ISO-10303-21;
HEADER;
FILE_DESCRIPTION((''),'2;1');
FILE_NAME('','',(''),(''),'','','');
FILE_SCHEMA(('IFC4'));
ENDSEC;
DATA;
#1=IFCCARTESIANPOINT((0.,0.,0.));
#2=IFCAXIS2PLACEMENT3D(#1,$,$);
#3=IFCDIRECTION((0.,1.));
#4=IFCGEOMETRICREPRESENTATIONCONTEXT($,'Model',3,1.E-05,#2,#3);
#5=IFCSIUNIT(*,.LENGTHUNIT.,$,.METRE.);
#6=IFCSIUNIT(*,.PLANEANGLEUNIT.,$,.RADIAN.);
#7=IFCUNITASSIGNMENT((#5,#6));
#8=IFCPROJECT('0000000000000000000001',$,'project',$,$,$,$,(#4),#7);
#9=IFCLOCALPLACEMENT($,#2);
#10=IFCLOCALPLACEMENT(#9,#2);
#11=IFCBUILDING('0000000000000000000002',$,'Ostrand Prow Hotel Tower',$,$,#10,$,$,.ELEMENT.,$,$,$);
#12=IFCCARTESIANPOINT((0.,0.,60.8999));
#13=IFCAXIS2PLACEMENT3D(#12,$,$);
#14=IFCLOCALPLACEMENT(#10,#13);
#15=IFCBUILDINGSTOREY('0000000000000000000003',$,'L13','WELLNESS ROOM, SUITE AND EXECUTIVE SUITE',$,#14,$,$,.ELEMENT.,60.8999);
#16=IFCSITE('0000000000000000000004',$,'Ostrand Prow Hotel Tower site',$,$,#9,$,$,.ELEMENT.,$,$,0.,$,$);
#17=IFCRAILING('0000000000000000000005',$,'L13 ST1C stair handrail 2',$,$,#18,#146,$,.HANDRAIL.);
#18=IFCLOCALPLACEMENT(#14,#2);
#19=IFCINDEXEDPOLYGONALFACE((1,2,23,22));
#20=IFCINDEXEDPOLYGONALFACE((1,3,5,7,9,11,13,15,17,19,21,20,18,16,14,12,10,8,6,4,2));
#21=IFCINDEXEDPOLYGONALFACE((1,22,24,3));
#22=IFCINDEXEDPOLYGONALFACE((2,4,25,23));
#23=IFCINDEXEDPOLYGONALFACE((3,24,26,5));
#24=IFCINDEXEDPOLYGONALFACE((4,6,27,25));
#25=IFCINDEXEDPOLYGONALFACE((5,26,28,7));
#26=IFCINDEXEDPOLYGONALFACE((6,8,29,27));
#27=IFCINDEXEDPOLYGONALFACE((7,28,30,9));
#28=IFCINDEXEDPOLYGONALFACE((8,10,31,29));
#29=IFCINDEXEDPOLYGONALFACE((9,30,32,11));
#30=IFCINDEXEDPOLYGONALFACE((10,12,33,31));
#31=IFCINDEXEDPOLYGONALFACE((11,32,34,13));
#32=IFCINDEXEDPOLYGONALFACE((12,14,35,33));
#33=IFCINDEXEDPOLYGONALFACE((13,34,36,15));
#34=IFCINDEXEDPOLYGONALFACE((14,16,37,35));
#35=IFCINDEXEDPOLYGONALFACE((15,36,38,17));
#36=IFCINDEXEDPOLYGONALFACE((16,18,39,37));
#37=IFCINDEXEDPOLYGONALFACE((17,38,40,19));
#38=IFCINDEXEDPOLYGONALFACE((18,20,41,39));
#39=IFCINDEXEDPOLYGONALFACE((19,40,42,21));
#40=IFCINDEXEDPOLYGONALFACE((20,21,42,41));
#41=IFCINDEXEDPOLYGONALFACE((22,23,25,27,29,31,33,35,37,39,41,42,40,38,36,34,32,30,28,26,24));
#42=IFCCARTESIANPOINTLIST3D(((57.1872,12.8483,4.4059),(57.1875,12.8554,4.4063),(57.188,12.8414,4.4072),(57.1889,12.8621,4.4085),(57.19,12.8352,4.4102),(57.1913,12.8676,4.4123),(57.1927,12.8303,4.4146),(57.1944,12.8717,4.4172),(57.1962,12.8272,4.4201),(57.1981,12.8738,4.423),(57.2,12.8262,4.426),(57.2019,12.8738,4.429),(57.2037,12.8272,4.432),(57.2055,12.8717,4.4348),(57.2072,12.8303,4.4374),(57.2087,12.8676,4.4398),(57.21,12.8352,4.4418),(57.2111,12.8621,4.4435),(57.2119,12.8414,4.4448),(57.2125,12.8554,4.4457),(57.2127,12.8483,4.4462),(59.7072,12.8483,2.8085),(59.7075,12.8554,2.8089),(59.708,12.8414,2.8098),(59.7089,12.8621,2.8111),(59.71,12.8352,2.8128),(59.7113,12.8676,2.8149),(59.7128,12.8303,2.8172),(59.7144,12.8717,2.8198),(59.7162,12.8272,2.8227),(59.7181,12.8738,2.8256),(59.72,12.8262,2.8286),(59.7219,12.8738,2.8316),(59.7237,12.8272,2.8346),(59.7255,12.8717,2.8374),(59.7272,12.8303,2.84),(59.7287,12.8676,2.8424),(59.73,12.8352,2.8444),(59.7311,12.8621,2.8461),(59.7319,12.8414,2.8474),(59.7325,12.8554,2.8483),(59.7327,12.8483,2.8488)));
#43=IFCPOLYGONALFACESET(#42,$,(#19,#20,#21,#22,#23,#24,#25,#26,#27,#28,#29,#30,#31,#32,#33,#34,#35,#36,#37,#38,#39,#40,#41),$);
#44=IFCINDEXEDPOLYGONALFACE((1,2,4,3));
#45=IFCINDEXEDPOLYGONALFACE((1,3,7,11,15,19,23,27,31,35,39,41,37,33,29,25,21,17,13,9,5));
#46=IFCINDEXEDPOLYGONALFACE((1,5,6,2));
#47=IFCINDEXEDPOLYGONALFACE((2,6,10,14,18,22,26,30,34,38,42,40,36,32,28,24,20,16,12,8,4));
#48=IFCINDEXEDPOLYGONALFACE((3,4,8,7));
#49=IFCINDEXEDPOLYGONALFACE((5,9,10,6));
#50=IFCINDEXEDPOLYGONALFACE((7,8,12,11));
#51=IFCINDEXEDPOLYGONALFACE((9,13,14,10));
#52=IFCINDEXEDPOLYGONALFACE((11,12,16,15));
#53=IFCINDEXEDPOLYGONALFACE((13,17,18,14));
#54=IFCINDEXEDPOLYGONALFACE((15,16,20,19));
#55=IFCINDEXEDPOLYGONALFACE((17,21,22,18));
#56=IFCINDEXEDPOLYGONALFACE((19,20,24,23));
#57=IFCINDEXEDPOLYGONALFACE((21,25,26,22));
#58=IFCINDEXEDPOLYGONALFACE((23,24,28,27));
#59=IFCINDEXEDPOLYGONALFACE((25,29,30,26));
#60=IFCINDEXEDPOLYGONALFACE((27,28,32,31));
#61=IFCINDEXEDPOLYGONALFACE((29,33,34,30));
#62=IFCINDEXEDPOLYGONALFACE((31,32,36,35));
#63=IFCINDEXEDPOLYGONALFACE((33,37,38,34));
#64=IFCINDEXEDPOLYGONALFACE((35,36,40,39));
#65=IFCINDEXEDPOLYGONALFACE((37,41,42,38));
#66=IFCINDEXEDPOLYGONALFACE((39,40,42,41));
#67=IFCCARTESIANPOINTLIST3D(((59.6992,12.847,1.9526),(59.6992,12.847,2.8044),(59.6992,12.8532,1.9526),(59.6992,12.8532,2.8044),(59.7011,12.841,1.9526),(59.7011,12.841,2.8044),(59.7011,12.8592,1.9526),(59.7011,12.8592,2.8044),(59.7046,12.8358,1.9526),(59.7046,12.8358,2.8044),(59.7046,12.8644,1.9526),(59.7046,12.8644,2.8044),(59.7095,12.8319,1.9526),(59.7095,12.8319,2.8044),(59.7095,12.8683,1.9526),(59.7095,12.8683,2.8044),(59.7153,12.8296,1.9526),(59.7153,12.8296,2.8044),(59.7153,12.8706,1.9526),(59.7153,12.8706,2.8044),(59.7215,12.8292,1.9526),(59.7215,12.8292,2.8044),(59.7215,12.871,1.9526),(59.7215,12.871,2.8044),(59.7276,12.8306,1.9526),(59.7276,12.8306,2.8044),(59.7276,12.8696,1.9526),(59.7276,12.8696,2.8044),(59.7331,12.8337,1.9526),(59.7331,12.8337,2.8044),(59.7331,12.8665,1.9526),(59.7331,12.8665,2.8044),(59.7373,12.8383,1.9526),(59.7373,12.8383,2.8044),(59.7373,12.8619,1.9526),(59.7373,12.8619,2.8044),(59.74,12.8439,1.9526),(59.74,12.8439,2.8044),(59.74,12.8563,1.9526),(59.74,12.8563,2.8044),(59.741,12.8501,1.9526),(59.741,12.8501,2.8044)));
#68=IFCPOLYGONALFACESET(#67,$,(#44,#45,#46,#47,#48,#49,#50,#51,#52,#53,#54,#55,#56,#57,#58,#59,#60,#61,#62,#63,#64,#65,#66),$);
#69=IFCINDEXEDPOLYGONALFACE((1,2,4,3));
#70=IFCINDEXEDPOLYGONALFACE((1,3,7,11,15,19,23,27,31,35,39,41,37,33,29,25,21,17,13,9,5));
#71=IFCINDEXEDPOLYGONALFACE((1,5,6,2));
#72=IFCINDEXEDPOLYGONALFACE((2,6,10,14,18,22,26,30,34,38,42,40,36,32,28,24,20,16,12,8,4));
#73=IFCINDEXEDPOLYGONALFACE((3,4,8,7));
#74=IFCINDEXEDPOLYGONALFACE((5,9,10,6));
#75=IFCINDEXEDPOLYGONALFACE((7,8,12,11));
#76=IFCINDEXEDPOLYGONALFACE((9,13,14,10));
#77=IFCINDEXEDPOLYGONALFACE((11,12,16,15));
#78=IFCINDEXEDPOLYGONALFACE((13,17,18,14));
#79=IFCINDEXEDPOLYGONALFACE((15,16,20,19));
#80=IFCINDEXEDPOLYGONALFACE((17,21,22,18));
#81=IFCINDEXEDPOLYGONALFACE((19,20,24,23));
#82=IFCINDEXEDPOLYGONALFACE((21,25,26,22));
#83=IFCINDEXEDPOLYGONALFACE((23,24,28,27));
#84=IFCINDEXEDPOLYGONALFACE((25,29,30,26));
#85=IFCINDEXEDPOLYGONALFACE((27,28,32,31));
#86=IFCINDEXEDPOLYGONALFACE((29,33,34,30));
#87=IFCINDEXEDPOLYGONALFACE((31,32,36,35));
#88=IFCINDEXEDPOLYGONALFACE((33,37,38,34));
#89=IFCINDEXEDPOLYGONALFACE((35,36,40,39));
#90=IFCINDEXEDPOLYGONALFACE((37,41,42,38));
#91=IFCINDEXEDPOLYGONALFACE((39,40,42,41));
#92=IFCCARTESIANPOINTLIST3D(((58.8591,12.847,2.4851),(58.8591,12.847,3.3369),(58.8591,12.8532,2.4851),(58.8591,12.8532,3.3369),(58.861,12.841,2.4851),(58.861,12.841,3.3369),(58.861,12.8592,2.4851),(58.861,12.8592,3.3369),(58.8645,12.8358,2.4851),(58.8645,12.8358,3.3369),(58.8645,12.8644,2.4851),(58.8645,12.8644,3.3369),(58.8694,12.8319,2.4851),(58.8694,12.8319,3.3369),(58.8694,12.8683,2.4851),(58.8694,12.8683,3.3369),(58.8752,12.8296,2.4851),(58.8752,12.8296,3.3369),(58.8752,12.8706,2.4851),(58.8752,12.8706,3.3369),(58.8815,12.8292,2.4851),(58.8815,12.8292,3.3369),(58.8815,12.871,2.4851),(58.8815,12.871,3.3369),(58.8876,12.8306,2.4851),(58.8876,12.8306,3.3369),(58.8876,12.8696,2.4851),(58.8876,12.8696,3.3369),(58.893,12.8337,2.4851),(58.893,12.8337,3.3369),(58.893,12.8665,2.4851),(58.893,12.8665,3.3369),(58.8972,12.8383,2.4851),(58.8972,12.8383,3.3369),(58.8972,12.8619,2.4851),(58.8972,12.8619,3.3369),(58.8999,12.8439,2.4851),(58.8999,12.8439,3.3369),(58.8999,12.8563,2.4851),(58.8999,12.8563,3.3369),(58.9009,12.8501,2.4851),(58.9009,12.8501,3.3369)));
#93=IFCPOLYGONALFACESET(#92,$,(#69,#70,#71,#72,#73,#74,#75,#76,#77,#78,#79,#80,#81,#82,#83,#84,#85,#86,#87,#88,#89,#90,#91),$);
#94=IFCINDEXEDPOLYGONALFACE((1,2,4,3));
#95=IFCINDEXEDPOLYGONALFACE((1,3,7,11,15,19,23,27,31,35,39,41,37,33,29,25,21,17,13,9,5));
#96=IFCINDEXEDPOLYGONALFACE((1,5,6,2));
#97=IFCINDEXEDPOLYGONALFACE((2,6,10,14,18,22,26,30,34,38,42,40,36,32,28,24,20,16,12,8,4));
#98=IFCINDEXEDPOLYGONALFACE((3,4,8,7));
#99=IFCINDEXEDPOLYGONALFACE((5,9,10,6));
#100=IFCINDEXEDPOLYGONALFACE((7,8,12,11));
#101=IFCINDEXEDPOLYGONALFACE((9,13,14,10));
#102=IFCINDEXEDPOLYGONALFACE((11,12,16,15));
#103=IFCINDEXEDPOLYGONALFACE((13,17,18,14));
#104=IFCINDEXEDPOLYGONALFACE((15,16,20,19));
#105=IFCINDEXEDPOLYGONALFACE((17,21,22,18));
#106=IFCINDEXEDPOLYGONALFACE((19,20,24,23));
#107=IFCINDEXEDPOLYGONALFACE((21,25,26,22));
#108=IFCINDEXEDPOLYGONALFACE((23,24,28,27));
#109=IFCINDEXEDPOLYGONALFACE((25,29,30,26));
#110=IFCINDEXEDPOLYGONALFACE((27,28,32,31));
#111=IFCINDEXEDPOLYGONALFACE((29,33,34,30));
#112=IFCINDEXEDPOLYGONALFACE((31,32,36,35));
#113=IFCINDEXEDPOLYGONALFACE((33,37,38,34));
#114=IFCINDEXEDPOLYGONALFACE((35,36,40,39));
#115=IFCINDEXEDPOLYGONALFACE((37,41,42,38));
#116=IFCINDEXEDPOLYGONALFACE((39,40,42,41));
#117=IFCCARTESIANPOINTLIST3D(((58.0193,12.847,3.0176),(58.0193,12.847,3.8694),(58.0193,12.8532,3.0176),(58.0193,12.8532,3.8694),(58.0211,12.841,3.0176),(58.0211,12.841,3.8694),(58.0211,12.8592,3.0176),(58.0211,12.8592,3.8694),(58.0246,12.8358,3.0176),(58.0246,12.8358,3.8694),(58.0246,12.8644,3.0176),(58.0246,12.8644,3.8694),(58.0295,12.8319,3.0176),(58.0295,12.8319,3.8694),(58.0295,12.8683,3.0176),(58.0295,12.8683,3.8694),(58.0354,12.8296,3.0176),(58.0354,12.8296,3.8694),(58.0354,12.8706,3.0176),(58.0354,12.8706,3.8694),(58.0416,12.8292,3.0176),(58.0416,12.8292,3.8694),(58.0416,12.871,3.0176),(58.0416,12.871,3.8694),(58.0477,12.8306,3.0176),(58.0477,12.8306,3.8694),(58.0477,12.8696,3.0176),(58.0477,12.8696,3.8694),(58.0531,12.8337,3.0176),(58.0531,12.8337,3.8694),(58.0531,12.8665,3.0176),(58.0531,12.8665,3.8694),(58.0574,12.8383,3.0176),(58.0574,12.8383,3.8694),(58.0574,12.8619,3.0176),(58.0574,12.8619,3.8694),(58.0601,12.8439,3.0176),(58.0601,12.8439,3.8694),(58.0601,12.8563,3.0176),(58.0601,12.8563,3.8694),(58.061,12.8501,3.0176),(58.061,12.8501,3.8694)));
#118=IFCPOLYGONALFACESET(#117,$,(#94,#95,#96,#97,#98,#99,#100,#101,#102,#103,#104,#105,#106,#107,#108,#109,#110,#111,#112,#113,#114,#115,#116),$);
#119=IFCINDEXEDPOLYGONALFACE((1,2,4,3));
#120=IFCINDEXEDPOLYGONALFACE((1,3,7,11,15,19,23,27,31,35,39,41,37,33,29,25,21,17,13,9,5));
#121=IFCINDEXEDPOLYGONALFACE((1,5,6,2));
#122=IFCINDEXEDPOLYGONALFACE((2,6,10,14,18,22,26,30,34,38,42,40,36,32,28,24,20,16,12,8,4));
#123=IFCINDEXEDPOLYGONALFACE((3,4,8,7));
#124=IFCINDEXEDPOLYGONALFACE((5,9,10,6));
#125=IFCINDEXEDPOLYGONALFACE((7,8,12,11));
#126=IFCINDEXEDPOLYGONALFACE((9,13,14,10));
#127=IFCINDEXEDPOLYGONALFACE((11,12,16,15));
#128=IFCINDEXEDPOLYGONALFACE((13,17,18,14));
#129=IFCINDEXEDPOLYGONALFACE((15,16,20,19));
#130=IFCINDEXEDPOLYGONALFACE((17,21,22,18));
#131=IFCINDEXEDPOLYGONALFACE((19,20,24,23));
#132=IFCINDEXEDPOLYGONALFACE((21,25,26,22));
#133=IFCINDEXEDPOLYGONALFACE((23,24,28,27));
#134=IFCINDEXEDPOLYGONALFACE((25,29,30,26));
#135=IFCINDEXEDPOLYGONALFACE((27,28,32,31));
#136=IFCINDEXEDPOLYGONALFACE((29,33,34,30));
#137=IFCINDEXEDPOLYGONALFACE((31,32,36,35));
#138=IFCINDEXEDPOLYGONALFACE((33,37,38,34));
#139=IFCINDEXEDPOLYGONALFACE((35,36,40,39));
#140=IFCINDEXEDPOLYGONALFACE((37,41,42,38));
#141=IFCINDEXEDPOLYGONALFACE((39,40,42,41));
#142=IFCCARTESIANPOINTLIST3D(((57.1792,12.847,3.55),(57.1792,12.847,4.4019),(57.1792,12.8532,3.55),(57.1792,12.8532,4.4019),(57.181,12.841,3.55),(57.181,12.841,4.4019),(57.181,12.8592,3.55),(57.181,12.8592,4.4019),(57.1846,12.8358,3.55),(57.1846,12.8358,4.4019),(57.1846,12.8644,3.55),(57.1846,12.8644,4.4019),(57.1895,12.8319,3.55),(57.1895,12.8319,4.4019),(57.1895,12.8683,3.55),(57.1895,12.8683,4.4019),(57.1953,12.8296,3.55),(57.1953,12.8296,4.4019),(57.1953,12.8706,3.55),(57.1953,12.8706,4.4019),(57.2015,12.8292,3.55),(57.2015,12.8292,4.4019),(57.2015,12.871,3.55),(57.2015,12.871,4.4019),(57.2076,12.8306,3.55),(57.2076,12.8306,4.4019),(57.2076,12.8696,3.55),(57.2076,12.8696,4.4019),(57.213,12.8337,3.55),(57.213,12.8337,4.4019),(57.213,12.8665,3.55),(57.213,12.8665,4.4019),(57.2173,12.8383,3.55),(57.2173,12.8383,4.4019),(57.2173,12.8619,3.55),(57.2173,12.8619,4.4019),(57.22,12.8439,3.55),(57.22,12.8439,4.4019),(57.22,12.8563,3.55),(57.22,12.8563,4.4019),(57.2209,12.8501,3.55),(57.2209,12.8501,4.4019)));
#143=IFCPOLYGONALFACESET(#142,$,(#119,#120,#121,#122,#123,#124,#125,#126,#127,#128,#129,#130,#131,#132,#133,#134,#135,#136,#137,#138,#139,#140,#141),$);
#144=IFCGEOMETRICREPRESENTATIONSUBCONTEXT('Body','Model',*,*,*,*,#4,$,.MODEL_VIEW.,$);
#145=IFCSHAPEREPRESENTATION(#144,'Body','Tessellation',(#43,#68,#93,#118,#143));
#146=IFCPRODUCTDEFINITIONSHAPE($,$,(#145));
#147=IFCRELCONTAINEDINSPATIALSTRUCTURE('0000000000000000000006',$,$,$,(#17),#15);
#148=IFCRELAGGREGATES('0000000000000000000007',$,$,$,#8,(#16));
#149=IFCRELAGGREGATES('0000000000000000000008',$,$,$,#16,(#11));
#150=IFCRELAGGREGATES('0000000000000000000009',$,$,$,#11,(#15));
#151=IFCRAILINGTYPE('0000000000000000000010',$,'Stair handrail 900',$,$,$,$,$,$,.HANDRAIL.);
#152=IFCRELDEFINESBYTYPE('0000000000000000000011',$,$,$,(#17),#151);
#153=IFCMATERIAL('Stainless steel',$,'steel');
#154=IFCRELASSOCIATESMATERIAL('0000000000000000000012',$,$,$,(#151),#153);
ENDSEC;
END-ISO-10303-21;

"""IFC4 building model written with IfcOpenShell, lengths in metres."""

from ifc_helpers import new_model, si_unit, direction, frame, origin, origin_2d, place, context, subcontext, project, spatial, circle, extrude, material, type_object, element, save


model = new_model("IFC4")

# Units and contexts
model_context = context("Model", 3, precision=1e-05, world=origin(), true_north=direction((0.0, 1.0)))
body_context = subcontext(model_context, "Body", "Model", "MODEL_VIEW")
ifc_project = project(units=[si_unit("LENGTHUNIT", "METRE"), si_unit("PLANEANGLEUNIT", "RADIAN")], contexts=[model_context])

# Site, building, storey
site_placement = place(None, origin())
site = spatial("IfcSite", under=ifc_project, at=site_placement, Name="Ostrand Prow Hotel Tower site", CompositionType="ELEMENT", RefElevation=0.0)
building_placement = place(site_placement, origin())
building = spatial("IfcBuilding", under=site, at=building_placement, Name="Ostrand Prow Hotel Tower", CompositionType="ELEMENT")
storey_placement = place(building_placement, frame((0.0, 0.0, 60.8999)))
storey = spatial("IfcBuildingStorey", under=building, at=storey_placement, Name="L13", Description="WELLNESS ROOM, SUITE AND EXECUTIVE SUITE", CompositionType="ELEMENT", Elevation=60.8999)

# Railing
ifc_material_1 = material(Name="Stainless steel", Category="steel")
railing_type_1 = type_object("IfcRailingType", Name="Stair handrail 900", PredefinedType="HANDRAIL", material=ifc_material_1)
railing_1_placement = place(storey_placement, frame((59.72, 12.8501, 1.9526)))
element("IfcRailing", 1, at=railing_1_placement, inside=storey, type_object=railing_type_1, Name="L13 ST1C stair handrail 2", PredefinedType="HANDRAIL", context=body_context, shape_type="SweptSolid", body=[
    extrude(circle(Radius=0.0239, at=origin_2d()), frame((0.0, 0.0, 0.876), z_axis=(-0.844607, 0.0, 0.535387), x_axis=(0.0, -1.0, 0.0)), (0.0, 0.0, 1.0), 2.9836),
    extrude(circle(Radius=0.021, at=origin_2d()), origin(), (0.0, 0.0, 1.0), 0.8518),
    extrude(circle(Radius=0.021, at=origin_2d()), frame((-0.8401, 0.0, 0.5325)), (0.0, 0.0, 1.0), 0.8518),
    extrude(circle(Radius=0.021, at=origin_2d()), frame((-1.6799, 0.0, 1.0649)), (0.0, 0.0, 1.0), 0.8518),
    extrude(circle(Radius=0.021, at=origin_2d()), frame((-2.52, 0.0, 1.5974)), (0.0, 0.0, 1.0), 0.8518),
])

save(model, "model.ifc")
